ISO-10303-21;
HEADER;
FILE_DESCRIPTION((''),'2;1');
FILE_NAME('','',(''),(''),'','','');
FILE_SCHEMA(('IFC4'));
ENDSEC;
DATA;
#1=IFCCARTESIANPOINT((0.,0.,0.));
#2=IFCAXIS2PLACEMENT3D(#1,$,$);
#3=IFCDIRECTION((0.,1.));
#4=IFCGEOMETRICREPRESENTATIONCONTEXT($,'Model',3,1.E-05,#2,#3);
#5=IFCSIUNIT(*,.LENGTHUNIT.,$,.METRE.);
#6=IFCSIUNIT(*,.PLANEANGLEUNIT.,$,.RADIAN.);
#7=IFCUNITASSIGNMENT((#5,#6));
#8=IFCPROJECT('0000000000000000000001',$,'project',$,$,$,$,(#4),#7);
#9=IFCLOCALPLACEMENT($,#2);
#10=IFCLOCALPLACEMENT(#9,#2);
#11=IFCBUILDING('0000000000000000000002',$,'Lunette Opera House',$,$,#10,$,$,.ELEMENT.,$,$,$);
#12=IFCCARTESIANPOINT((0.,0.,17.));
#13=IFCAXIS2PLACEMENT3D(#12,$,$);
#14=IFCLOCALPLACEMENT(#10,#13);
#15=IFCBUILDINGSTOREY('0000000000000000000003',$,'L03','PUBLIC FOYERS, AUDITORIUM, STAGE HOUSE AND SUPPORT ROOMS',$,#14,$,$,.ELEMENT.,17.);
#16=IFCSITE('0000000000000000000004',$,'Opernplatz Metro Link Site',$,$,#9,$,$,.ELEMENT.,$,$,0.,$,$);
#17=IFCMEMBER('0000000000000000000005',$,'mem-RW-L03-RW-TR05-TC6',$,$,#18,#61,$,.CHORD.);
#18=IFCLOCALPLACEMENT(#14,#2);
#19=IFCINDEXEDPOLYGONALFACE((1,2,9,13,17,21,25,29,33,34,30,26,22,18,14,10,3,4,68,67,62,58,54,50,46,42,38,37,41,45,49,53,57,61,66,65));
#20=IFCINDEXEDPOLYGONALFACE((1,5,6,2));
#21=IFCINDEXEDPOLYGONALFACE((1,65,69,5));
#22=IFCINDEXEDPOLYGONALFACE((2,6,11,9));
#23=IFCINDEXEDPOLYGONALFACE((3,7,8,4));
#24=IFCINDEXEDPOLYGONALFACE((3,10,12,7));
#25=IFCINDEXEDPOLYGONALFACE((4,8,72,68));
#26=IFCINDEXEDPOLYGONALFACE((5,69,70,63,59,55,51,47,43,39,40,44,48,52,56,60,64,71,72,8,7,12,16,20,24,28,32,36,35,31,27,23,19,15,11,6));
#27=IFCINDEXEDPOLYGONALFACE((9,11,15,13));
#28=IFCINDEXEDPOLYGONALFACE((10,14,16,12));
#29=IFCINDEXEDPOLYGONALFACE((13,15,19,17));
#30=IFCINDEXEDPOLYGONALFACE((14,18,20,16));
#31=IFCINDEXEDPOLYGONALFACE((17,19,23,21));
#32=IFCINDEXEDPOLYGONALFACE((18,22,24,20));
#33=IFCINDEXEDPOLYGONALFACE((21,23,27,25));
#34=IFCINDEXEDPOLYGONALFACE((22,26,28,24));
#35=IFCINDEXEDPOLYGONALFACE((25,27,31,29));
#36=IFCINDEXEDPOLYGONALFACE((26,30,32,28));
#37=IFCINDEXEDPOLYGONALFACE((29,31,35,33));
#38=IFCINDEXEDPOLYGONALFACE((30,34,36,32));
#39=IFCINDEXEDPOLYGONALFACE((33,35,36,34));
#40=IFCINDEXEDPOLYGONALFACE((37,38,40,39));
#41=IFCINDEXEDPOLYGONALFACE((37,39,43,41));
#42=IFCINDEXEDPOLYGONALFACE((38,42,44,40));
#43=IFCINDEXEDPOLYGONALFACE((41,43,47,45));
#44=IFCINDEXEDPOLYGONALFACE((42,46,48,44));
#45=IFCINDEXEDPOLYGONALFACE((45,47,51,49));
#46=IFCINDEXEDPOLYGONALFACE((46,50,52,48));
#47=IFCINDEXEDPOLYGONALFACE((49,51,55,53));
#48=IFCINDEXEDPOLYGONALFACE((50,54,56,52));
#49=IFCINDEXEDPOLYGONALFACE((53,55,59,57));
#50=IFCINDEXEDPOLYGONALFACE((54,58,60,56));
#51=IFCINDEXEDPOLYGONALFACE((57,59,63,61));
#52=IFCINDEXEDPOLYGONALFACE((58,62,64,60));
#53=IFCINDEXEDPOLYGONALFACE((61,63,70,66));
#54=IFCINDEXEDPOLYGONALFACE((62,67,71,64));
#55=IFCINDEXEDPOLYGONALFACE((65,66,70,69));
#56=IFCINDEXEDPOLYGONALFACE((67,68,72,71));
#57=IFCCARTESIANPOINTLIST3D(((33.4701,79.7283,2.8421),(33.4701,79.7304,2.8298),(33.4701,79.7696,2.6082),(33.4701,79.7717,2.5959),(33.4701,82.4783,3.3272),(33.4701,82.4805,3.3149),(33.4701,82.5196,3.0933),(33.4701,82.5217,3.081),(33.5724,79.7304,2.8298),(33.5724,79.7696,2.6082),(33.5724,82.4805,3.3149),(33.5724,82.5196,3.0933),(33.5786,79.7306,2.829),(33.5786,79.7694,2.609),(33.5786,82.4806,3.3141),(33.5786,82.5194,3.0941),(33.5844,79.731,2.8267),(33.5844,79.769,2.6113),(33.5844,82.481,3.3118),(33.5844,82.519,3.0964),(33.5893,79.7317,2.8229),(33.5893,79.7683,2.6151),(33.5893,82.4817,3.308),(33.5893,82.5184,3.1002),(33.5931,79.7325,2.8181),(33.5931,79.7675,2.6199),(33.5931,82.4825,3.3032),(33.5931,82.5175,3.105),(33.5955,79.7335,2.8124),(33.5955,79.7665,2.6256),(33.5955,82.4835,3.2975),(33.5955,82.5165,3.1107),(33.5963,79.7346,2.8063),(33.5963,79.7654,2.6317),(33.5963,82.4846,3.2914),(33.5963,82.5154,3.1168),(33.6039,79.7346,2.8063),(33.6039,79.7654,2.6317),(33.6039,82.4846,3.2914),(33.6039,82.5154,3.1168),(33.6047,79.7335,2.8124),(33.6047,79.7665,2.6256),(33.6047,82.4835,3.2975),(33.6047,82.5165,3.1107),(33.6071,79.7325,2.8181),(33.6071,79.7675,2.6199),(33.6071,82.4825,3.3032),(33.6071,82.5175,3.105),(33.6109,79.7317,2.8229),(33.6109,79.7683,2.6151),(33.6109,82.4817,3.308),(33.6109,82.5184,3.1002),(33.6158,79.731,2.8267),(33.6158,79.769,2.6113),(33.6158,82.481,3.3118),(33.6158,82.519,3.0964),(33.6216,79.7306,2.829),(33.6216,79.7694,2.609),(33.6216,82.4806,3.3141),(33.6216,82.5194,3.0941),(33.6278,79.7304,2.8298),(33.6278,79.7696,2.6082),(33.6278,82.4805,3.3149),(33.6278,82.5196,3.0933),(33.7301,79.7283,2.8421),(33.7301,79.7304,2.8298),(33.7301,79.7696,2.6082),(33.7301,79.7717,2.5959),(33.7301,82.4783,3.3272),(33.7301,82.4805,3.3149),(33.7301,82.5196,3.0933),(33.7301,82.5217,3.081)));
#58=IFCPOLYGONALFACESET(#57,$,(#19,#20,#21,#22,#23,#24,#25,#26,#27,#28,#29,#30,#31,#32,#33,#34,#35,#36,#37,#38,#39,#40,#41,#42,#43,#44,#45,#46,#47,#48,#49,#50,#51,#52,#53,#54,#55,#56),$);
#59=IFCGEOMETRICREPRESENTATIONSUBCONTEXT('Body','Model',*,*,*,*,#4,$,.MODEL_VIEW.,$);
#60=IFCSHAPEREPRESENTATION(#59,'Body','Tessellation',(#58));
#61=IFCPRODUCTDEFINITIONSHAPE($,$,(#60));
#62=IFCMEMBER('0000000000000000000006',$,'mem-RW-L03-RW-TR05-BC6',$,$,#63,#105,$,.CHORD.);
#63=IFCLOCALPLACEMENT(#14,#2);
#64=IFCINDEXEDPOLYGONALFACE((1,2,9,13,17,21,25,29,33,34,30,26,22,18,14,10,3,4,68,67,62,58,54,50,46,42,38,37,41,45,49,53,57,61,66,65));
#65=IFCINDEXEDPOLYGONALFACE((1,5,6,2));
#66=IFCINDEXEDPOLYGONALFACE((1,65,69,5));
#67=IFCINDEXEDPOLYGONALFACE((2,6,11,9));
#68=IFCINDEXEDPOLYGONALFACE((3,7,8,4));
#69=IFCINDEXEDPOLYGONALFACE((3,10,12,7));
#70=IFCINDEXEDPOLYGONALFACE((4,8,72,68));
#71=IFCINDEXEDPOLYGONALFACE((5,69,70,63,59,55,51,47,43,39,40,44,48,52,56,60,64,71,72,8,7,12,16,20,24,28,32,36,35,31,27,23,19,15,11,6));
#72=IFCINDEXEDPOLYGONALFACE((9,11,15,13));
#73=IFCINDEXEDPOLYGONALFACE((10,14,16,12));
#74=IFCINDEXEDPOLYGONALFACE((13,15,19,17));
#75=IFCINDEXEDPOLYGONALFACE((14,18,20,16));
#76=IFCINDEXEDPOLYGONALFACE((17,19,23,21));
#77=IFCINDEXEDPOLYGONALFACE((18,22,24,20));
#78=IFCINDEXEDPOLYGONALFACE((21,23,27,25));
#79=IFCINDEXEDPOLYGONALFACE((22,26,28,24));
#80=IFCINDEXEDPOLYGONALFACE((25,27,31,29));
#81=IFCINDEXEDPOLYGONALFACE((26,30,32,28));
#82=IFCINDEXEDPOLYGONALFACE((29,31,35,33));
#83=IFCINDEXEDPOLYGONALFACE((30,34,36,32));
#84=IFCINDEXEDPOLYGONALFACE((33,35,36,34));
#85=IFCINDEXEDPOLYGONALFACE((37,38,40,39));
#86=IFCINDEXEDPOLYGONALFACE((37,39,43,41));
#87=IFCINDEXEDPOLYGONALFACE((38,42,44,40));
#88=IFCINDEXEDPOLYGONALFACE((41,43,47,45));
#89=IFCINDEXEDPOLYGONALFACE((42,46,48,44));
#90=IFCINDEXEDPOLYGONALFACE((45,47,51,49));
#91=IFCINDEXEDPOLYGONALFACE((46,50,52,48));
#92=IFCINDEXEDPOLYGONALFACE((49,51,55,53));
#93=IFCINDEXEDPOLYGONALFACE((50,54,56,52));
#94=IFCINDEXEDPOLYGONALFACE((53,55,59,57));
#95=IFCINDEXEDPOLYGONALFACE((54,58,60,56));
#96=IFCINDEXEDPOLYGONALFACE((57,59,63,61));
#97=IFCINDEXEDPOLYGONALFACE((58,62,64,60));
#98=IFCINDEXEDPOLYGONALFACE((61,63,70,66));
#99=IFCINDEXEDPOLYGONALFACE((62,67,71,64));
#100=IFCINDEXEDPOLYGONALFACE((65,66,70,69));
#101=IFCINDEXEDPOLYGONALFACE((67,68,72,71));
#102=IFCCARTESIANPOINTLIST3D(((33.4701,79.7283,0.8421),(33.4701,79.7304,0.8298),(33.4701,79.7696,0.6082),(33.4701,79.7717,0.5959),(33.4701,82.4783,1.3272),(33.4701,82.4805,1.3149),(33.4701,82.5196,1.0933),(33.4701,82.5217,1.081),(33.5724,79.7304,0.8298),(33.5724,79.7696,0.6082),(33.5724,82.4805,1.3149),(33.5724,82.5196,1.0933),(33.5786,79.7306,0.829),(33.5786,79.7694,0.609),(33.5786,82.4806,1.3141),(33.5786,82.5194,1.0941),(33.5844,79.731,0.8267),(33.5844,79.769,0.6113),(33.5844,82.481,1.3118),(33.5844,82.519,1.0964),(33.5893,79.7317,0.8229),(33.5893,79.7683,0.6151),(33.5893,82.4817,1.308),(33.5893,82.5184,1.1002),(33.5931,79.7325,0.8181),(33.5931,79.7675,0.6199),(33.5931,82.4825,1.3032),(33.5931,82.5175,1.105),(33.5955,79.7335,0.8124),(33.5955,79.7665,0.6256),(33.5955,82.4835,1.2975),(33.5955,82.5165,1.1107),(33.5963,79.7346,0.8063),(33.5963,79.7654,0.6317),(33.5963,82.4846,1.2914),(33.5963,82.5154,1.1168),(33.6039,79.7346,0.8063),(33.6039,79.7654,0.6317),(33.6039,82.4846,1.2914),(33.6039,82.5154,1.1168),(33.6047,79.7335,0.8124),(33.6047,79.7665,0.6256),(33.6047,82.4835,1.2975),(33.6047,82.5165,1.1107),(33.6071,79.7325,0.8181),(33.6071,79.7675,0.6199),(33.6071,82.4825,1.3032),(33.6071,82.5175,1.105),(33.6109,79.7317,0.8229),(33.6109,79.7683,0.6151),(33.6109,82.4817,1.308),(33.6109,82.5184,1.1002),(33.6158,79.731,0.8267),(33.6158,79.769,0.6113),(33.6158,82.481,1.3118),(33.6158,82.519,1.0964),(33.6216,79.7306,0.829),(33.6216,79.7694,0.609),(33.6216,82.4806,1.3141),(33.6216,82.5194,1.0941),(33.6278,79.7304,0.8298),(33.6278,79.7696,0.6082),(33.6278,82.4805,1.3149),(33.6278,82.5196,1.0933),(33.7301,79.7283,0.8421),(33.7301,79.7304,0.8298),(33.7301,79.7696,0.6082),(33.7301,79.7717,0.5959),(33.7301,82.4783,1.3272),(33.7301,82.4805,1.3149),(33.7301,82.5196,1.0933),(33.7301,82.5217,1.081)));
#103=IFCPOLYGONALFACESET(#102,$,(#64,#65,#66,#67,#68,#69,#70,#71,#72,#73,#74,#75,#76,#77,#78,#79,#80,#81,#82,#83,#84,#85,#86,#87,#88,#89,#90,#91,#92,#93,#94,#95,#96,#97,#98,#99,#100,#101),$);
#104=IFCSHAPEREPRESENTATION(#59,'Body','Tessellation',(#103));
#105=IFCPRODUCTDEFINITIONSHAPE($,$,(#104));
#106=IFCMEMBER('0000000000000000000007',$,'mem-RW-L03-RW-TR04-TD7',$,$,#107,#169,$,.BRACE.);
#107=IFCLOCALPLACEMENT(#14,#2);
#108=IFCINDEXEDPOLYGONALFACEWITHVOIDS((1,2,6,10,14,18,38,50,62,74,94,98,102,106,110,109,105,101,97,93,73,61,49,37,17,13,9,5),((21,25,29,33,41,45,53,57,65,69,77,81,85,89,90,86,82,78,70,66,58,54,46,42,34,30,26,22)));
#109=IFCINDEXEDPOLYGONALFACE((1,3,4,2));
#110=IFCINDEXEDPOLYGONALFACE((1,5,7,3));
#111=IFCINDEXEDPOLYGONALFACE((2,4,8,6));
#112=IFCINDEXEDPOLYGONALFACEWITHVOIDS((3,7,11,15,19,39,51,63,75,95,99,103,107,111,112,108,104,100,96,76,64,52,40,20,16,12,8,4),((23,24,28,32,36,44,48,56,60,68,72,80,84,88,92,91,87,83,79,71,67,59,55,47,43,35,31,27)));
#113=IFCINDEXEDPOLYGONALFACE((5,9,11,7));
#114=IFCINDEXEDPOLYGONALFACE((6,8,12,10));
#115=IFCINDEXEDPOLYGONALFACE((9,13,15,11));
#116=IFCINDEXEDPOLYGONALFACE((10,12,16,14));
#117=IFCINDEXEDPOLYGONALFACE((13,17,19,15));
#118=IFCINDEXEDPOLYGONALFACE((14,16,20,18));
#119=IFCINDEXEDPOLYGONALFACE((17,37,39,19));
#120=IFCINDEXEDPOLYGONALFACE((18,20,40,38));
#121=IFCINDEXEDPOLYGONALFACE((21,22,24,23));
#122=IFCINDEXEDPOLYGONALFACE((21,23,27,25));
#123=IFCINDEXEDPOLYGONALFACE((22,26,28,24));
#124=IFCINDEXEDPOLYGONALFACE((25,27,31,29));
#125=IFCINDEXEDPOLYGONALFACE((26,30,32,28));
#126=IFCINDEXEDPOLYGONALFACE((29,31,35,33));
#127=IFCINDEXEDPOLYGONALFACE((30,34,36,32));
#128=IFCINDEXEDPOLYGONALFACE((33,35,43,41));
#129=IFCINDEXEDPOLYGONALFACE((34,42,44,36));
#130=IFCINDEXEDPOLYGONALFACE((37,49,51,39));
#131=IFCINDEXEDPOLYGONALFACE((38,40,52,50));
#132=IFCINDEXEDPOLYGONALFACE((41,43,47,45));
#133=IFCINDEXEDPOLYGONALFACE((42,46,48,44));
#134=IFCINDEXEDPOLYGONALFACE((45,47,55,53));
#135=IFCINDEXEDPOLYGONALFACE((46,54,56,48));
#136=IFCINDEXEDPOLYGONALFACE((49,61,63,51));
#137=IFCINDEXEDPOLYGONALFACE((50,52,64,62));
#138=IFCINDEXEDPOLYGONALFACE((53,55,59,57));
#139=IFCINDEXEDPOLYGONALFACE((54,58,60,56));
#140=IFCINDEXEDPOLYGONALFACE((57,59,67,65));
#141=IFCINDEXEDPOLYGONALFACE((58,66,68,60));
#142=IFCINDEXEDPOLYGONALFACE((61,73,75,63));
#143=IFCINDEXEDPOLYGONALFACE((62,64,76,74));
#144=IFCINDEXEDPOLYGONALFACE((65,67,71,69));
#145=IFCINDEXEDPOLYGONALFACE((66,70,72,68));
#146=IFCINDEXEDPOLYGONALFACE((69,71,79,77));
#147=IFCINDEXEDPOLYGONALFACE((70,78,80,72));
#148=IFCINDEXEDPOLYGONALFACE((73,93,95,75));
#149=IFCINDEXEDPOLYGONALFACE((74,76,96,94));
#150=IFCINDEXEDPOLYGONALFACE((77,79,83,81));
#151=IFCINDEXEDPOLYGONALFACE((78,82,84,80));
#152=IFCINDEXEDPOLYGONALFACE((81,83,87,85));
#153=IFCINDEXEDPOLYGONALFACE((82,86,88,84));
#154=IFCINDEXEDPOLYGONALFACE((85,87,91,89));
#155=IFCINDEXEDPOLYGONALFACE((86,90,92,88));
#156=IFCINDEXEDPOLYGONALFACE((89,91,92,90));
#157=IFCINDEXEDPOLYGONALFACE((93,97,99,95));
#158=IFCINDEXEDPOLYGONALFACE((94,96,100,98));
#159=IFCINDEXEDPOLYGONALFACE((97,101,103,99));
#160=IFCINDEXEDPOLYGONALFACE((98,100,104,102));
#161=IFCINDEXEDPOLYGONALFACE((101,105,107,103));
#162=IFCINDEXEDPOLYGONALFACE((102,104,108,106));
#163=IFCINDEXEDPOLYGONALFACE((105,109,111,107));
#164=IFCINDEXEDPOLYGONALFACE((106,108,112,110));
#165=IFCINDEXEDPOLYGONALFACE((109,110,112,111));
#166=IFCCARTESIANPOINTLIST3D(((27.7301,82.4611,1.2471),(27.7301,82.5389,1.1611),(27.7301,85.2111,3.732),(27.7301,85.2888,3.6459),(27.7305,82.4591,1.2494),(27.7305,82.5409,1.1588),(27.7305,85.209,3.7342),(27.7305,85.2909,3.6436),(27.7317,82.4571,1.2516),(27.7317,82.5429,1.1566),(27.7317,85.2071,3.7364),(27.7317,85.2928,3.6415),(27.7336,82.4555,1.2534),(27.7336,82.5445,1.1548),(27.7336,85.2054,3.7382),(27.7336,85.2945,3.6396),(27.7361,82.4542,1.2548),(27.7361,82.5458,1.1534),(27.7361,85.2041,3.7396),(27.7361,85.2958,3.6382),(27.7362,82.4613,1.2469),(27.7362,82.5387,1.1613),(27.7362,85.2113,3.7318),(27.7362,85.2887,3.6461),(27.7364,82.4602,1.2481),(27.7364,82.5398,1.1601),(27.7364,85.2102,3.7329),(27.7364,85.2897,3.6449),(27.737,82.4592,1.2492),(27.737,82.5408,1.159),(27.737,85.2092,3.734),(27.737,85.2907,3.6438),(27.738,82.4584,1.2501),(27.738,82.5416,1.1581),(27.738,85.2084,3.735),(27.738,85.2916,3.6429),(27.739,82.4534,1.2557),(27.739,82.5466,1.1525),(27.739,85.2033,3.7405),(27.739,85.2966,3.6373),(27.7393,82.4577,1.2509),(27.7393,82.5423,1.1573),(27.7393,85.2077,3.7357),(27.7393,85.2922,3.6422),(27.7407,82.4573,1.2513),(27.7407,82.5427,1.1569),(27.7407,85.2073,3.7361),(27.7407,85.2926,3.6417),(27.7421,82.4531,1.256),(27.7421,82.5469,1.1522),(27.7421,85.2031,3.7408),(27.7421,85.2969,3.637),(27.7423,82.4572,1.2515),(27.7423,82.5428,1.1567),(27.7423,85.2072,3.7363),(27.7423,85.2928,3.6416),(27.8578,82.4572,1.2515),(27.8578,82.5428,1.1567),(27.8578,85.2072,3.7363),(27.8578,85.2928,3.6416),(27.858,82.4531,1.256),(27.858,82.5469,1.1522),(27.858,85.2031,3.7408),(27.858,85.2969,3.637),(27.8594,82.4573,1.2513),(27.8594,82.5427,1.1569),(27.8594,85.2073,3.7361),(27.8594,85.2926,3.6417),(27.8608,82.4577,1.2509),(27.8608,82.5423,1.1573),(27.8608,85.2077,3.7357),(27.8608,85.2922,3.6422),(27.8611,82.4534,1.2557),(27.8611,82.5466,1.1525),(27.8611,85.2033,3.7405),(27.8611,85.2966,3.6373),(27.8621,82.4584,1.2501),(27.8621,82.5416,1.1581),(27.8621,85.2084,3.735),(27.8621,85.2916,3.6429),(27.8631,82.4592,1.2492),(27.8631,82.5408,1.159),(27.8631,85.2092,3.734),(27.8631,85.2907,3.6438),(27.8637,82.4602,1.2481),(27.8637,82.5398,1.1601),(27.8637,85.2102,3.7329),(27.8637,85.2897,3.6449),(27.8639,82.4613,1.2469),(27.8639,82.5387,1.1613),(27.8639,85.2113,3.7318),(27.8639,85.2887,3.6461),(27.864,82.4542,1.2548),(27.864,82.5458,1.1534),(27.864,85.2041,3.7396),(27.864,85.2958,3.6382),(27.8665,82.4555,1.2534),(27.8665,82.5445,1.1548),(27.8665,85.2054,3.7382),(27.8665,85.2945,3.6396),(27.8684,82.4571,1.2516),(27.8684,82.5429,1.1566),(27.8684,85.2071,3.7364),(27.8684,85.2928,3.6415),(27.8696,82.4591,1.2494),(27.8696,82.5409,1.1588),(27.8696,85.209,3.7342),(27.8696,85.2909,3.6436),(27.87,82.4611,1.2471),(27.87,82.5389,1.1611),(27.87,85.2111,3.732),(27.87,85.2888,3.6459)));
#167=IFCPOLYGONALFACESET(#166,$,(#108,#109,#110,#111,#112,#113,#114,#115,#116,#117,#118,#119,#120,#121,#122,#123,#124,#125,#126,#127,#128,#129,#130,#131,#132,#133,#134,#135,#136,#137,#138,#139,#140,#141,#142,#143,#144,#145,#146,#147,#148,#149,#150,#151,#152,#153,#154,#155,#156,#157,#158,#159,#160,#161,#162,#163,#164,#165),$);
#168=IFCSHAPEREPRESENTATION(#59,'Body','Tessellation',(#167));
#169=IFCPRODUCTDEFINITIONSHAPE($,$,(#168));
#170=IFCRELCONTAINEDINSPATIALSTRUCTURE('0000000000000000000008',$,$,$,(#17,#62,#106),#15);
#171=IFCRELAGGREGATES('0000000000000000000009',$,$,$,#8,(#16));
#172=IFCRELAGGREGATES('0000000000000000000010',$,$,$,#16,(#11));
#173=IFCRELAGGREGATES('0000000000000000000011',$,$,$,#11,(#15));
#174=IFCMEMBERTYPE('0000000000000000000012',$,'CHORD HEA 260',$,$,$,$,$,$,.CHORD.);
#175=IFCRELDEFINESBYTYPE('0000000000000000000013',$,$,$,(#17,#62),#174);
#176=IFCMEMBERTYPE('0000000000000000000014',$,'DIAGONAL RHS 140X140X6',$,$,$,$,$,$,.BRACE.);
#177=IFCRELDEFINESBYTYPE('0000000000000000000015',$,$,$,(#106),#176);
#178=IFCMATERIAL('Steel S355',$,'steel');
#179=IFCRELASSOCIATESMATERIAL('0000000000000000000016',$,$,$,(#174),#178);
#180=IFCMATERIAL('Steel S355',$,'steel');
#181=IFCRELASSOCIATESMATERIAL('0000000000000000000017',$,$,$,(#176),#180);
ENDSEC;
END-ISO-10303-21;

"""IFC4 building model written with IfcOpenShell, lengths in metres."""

from ifc_helpers import new_model, si_unit, direction, frame, origin, origin_2d, place, context, subcontext, project, spatial, hollow_rectangle, i_section, extrude, material, material_profile, profile_set, type_object, element, save


model = new_model("IFC4")

# Units and contexts
model_context = context("Model", 3, precision=1e-05, world=origin(), true_north=direction((0.0, 1.0)))
body_context = subcontext(model_context, "Body", "Model", "MODEL_VIEW")
ifc_project = project(units=[si_unit("LENGTHUNIT", "METRE"), si_unit("PLANEANGLEUNIT", "RADIAN")], contexts=[model_context])

# Site, building, storey
site_placement = place(None, origin())
site = spatial("IfcSite", under=ifc_project, at=site_placement, Name="Opernplatz Metro Link Site", CompositionType="ELEMENT", RefElevation=0.0)
building_placement = place(site_placement, origin())
building = spatial("IfcBuilding", under=site, at=building_placement, Name="Lunette Opera House", CompositionType="ELEMENT")
storey_placement = place(building_placement, frame((0.0, 0.0, 17.0)))
storey = spatial("IfcBuildingStorey", under=building, at=storey_placement, Name="L03", Description="PUBLIC FOYERS, AUDITORIUM, STAGE HOUSE AND SUPPORT ROOMS", CompositionType="ELEMENT", Elevation=17.0)

# Members
ifc_material_1 = material(Name="Steel S355", Category="steel")
ifc_material_profile_1 = material_profile(ifc_material_1, i_section(OverallWidth=0.26, OverallDepth=0.25, WebThickness=0.0076, FlangeThickness=0.0125, FilletRadius=0.0239, at=origin_2d()), Name="HEA 260")
ifc_profile_set_1 = profile_set([ifc_material_profile_1], Name="Steel S355")
member_type_1 = type_object("IfcMemberType", Name="CHORD HEA 260", PredefinedType="CHORD", material=ifc_profile_set_1)
for number, where, z_axis, x_axis, name in (
    (1, (33.6001, 79.75, 2.719), (0.0, 0.984795, 0.17372), (-1.0, 0.0, 0.0), "mem-RW-L03-RW-TR05-TC6"),
    (2, (33.6001, 79.75, 0.719), (0.0, 0.984795, 0.17372), (-1.0, 0.0, 0.0), "mem-RW-L03-RW-TR05-BC6"),
):
    element("IfcMember", number, at=place(storey_placement, frame(where, z_axis=z_axis, x_axis=x_axis)), inside=storey, type_object=member_type_1, Name=name, PredefinedType="CHORD", context=body_context, shape_type="SweptSolid", body=[
        extrude(i_section(OverallWidth=0.26, OverallDepth=0.25, WebThickness=0.0076, FlangeThickness=0.0125, FilletRadius=0.0239, at=origin_2d()), origin(), (0.0, 0.0, 1.0), 2.7925),
    ])
ifc_material_2 = material(Name="Steel S355", Category="steel")
ifc_material_profile_2 = material_profile(ifc_material_2, hollow_rectangle(XDim=0.1399, YDim=0.1399, WallThickness=0.0061, InnerFilletRadius=0.0061, OuterFilletRadius=0.012, at=origin_2d()), Name="RHS 140X140X6")
ifc_profile_set_2 = profile_set([ifc_material_profile_2], Name="Steel S355")
member_type_2 = type_object("IfcMemberType", Name="DIAGONAL RHS 140X140X6", PredefinedType="BRACE", material=ifc_profile_set_2)
member_placement = place(storey_placement, frame((27.8, 82.5, 1.2041), z_axis=(0.0, 0.741969, 0.670434), x_axis=(-1.0, 0.0, 0.0)))
element("IfcMember", 3, at=member_placement, inside=storey, type_object=member_type_2, Name="mem-RW-L03-RW-TR04-TD7", PredefinedType="BRACE", context=body_context, shape_type="SweptSolid", body=[
    extrude(hollow_rectangle(XDim=0.1399, YDim=0.1399, WallThickness=0.0061, InnerFilletRadius=0.0061, OuterFilletRadius=0.012, at=origin_2d()), origin(), (0.0, 0.0, 1.0), 3.7063),
])

save(model, "model.ifc")
